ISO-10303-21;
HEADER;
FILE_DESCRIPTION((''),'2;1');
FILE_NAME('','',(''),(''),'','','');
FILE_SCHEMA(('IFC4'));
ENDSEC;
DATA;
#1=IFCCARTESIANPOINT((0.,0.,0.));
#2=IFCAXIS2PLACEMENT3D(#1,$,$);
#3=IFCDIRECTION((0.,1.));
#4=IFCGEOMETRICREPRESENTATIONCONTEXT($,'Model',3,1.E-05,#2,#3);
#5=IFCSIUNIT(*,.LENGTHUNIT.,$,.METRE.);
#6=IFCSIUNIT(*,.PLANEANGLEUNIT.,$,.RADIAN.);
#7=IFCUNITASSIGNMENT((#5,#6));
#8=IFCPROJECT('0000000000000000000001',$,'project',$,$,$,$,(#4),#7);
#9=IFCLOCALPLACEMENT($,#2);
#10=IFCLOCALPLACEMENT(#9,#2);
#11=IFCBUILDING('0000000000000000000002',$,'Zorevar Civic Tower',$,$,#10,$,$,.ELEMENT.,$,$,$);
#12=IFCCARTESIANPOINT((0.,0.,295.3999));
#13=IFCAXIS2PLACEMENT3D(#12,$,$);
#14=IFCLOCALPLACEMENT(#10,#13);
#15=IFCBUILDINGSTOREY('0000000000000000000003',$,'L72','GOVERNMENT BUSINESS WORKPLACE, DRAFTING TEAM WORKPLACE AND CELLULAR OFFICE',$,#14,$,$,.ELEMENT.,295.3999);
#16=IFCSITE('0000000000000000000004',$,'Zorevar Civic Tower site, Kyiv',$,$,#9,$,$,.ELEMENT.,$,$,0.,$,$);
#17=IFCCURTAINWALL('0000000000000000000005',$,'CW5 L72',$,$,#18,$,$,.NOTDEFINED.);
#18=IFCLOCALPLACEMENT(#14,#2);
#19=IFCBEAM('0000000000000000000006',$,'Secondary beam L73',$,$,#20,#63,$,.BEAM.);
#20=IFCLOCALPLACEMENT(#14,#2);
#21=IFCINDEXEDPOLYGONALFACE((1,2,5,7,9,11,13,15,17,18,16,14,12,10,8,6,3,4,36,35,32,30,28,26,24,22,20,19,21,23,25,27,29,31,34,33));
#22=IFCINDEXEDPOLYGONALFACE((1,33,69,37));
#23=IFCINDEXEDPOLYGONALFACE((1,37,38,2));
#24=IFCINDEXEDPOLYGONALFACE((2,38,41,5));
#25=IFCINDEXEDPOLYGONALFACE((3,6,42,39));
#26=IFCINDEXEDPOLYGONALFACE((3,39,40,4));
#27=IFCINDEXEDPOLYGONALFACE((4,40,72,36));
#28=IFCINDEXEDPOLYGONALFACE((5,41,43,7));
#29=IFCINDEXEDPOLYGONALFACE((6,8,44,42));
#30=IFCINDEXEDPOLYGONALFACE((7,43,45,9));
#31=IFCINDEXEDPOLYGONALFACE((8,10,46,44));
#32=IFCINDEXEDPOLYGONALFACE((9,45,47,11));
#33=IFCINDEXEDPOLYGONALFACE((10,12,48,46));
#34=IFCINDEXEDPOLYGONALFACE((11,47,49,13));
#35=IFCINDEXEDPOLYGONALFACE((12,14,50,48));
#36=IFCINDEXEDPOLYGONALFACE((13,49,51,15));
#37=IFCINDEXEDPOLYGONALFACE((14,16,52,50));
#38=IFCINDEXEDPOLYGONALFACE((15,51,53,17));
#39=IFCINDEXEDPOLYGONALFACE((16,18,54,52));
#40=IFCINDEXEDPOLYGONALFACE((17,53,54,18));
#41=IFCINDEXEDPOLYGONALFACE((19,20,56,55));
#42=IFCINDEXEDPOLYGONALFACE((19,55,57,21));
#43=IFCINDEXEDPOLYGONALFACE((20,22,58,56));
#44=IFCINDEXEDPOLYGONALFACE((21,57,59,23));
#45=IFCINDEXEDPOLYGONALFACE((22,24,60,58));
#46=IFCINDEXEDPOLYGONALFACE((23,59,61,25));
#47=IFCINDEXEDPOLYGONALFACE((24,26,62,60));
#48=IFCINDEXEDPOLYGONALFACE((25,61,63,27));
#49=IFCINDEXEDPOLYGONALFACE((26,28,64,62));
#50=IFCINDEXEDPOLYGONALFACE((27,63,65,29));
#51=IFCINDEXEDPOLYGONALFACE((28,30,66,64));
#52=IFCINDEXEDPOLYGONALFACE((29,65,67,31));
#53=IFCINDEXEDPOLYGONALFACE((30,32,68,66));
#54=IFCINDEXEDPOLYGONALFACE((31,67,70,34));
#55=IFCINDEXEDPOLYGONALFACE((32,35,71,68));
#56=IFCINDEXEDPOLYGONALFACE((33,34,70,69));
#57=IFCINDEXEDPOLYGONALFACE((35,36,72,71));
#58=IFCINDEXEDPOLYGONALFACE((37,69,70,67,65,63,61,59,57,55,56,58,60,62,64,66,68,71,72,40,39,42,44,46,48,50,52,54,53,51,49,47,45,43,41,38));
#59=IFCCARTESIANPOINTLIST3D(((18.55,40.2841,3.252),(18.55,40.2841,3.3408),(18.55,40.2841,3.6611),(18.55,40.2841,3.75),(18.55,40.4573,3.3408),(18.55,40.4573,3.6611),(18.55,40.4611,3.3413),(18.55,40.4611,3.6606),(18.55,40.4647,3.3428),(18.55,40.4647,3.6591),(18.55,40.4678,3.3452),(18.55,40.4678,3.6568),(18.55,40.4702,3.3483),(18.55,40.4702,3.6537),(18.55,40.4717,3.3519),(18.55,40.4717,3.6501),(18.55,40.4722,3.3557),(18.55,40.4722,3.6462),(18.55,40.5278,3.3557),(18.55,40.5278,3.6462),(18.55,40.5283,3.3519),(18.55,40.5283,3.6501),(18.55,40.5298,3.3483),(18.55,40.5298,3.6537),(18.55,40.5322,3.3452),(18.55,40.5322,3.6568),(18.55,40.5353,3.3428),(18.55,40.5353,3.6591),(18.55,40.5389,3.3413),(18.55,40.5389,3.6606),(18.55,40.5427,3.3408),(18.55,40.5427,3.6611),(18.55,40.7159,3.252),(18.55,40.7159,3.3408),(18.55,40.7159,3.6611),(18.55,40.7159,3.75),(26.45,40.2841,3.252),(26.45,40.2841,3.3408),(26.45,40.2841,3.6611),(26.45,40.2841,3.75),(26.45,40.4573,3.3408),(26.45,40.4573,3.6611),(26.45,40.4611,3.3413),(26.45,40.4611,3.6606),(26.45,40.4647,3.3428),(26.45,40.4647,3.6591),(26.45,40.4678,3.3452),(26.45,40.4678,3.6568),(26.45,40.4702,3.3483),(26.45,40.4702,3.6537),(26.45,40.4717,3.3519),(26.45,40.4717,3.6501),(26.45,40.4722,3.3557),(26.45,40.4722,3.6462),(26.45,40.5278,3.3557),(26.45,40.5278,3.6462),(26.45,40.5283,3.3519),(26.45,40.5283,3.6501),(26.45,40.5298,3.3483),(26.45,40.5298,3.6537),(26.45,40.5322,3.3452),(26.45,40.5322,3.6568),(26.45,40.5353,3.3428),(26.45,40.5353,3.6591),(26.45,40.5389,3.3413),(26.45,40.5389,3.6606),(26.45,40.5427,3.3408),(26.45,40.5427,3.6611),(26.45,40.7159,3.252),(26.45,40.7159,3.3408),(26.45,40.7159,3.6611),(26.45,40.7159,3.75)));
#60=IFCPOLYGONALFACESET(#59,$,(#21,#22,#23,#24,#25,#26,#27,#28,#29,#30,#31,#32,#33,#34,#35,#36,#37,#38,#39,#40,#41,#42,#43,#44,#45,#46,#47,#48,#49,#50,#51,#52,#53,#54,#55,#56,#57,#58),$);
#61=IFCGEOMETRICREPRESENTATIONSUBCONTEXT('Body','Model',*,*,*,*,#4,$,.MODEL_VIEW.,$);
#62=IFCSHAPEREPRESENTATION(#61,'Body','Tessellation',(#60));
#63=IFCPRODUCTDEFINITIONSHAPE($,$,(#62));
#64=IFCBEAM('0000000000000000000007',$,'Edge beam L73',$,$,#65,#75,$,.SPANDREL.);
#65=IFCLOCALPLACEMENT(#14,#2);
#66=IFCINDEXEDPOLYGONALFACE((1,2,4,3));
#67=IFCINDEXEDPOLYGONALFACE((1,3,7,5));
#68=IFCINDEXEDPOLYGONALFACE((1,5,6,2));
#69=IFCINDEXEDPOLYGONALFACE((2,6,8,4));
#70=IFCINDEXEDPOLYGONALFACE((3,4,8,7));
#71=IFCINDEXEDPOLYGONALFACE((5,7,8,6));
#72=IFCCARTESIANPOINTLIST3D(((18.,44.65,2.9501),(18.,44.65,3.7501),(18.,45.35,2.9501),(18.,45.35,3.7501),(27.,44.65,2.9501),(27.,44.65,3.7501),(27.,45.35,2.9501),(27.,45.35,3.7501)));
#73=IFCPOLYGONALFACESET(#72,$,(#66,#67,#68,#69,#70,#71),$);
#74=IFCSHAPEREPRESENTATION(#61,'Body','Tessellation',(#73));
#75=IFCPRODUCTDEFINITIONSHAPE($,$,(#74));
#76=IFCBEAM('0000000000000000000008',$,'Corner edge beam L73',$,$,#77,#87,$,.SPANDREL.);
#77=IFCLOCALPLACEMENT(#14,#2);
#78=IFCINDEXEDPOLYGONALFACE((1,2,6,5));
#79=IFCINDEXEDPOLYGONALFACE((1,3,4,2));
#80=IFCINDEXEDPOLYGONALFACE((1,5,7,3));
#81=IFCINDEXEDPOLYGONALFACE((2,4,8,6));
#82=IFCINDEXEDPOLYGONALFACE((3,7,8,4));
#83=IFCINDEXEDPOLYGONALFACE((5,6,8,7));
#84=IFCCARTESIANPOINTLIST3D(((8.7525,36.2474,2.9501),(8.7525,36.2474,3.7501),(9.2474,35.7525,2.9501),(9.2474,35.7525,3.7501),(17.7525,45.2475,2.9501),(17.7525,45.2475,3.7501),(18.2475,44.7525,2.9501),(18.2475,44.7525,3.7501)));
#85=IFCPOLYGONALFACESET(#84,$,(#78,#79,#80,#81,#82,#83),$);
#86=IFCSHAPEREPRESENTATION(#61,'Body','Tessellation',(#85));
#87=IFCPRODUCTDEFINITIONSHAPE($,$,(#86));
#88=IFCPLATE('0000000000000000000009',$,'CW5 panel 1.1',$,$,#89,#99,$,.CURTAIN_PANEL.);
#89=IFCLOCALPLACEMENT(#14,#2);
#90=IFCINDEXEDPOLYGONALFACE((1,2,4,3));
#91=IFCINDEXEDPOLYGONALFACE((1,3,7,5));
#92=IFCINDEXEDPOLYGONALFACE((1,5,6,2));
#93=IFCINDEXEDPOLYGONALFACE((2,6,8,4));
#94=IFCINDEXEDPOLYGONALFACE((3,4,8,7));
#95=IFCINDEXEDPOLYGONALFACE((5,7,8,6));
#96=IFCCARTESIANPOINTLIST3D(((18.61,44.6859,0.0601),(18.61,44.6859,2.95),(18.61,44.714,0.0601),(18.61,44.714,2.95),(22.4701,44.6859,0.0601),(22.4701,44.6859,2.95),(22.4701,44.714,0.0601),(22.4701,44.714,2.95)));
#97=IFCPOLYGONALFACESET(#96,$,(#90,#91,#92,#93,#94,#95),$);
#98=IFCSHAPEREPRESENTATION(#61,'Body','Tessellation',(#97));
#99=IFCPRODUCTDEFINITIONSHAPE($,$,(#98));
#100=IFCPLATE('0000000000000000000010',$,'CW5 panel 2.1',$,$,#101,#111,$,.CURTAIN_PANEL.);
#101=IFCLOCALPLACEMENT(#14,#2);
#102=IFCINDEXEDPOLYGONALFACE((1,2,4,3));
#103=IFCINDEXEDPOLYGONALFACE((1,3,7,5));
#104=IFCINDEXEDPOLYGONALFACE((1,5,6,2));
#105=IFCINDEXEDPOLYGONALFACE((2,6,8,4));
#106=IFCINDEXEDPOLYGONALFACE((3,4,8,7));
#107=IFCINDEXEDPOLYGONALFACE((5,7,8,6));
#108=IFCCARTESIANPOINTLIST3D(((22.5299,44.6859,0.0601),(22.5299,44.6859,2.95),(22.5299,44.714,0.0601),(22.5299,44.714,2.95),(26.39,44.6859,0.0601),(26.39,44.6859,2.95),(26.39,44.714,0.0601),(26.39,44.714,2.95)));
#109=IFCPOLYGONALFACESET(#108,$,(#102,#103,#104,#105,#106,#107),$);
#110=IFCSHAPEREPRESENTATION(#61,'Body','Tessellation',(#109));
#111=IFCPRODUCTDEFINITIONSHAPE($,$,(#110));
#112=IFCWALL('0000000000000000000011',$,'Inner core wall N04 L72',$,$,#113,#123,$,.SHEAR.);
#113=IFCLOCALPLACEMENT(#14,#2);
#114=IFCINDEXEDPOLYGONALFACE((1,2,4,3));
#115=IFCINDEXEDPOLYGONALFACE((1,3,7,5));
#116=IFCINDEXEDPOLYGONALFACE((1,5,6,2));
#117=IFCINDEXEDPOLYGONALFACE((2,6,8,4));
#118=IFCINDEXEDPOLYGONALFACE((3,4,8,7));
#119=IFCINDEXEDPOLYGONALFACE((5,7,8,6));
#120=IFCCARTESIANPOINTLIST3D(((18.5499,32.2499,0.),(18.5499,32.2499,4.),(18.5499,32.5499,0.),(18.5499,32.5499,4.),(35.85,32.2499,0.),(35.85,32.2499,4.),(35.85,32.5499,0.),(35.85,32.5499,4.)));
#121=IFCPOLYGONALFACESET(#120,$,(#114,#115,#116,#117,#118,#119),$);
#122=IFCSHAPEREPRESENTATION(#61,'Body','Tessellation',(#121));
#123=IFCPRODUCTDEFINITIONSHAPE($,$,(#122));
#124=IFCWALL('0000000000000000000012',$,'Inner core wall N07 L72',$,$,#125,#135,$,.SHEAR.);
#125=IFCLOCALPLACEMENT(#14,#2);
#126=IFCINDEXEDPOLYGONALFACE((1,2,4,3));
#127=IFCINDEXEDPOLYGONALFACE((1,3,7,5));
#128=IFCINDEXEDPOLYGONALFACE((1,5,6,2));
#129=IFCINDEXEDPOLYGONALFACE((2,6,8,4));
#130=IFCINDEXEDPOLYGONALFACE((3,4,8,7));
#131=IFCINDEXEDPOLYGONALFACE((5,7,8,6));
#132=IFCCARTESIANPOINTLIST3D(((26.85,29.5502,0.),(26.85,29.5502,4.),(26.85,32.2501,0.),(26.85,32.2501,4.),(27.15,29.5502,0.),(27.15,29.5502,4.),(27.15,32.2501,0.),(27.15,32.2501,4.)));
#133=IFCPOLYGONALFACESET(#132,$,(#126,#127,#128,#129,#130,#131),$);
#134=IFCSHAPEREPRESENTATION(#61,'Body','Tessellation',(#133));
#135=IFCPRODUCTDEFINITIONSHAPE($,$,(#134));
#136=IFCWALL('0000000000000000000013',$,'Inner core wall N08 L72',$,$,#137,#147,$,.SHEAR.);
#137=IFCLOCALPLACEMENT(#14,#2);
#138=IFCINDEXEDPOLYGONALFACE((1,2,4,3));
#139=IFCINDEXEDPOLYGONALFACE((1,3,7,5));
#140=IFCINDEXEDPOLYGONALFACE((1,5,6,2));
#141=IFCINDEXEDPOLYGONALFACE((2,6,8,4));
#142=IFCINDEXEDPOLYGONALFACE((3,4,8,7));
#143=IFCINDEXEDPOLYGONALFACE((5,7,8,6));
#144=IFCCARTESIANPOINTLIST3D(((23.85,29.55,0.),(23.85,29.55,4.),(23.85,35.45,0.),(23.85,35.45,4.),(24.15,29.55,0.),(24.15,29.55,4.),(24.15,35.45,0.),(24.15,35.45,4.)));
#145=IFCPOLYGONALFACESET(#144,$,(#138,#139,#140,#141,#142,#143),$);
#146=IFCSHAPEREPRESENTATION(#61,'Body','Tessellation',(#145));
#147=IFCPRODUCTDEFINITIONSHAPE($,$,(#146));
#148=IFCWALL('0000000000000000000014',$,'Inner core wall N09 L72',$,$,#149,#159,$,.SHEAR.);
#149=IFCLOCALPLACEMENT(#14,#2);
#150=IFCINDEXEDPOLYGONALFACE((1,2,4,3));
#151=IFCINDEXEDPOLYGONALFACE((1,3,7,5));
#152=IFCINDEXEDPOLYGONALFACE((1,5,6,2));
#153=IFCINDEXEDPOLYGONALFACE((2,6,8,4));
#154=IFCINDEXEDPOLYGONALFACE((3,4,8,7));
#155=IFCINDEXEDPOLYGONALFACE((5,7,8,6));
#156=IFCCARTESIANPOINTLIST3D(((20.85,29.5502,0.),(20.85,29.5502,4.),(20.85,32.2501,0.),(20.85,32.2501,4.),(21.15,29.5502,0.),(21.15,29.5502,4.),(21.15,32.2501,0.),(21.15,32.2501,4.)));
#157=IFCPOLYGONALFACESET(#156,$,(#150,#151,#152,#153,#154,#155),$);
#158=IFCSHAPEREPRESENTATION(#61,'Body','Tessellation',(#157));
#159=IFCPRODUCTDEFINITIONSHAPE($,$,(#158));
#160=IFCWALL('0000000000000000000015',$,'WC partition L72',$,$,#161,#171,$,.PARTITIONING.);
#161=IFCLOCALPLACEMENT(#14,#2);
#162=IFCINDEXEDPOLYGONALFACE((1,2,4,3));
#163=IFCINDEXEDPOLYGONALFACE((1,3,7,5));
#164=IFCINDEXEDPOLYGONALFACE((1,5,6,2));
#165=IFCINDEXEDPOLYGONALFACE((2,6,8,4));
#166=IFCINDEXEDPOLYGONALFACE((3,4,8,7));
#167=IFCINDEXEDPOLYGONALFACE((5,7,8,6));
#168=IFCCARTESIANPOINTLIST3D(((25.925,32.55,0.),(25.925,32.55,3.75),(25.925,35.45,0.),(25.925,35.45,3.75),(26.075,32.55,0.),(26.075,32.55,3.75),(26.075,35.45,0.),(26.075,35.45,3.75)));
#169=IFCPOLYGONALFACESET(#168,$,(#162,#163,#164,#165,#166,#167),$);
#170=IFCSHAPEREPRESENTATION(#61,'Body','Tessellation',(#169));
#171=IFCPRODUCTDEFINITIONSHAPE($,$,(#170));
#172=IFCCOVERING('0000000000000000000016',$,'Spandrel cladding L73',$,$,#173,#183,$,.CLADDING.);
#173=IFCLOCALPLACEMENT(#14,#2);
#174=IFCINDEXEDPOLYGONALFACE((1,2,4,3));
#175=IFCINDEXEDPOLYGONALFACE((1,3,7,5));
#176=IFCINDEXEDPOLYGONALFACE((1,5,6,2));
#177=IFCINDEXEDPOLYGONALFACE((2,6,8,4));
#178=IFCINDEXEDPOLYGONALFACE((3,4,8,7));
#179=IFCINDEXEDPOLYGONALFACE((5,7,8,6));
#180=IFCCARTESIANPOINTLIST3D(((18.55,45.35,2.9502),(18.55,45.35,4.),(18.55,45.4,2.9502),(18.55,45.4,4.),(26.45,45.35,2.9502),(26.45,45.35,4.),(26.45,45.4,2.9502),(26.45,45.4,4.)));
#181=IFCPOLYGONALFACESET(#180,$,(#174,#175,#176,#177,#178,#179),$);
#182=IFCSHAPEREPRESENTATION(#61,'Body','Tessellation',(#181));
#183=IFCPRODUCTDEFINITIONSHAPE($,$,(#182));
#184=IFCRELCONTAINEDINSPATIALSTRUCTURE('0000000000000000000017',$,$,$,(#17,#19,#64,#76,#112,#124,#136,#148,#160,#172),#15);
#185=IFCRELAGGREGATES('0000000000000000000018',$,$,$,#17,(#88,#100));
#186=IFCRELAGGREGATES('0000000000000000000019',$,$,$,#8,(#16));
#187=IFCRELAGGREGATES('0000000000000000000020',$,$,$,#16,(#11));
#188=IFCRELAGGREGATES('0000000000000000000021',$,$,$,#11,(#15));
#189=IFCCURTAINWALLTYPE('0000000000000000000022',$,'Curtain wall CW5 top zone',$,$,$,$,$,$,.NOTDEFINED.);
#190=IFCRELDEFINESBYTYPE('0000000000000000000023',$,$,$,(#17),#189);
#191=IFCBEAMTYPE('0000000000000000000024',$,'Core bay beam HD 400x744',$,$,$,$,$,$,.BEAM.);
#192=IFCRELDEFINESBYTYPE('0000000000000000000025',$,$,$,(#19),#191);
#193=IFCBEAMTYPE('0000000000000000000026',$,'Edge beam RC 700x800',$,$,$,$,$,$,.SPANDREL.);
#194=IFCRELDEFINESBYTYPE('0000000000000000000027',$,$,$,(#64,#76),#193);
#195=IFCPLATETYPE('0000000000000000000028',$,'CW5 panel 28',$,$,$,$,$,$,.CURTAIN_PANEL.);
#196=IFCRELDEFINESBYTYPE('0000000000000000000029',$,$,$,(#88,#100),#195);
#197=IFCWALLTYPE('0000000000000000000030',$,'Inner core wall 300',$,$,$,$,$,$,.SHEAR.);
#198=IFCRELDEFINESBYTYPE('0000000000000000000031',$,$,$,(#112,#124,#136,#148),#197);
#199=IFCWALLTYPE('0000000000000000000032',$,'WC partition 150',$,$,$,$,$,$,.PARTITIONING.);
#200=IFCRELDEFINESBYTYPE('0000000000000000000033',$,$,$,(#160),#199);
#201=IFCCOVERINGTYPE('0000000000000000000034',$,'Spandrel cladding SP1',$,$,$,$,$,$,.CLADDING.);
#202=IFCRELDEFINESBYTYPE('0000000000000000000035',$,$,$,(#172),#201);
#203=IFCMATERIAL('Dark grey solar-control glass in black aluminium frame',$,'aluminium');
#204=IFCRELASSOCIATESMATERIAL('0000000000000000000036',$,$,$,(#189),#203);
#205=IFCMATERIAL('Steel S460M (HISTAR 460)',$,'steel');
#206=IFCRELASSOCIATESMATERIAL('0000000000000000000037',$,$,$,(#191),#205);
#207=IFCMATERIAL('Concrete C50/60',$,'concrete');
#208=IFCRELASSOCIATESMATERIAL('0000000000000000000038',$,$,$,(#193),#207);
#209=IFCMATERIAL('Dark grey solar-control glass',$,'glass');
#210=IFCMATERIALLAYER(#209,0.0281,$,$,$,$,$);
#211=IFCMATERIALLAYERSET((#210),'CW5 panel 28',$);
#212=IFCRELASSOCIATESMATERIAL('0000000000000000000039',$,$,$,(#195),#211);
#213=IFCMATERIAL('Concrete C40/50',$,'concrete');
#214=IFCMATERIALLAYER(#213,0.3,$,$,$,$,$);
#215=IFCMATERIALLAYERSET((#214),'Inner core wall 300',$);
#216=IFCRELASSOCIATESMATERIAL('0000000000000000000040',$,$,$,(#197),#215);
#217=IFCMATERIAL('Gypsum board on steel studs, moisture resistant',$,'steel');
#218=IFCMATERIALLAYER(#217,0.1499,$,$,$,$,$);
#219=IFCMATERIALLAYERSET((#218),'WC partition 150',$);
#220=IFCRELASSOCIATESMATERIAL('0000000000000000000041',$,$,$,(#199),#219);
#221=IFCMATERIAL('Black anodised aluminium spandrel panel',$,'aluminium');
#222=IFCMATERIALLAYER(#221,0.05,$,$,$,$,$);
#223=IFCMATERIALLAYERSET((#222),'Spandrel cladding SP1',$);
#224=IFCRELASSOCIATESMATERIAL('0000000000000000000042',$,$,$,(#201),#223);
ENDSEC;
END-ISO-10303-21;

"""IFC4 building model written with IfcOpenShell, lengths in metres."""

from ifc_helpers import new_model, si_unit, direction, frame, frame_2d, origin, origin_2d, place, context, subcontext, project, spatial, rectangle, i_section, extrude, material, layer, layer_set, material_profile, profile_set, type_object, element, aggregate, save


model = new_model("IFC4")

# Units and contexts
model_context = context("Model", 3, precision=1e-05, world=origin(), true_north=direction((0.0, 1.0)))
body_context = subcontext(model_context, "Body", "Model", "MODEL_VIEW")
ifc_project = project(units=[si_unit("LENGTHUNIT", "METRE"), si_unit("PLANEANGLEUNIT", "RADIAN")], contexts=[model_context])

# Site, building, storey
site_placement = place(None, origin())
site = spatial("IfcSite", under=ifc_project, at=site_placement, Name="Zorevar Civic Tower site, Kyiv", CompositionType="ELEMENT", RefElevation=0.0)
building_placement = place(site_placement, origin())
building = spatial("IfcBuilding", under=site, at=building_placement, Name="Zorevar Civic Tower", CompositionType="ELEMENT")
storey_placement = place(building_placement, frame((0.0, 0.0, 295.3999)))
storey = spatial("IfcBuildingStorey", under=building, at=storey_placement, Name="L72", Description="GOVERNMENT BUSINESS WORKPLACE, DRAFTING TEAM WORKPLACE AND CELLULAR OFFICE", CompositionType="ELEMENT", Elevation=295.3999)

# Curtain wall
ifc_material_1 = material(Name="Dark grey solar-control glass in black aluminium frame", Category="aluminium")
curtain_wall_type = type_object("IfcCurtainWallType", Name="Curtain wall CW5 top zone", PredefinedType="NOTDEFINED", material=ifc_material_1)
curtain_wall_1_placement = place(storey_placement, origin())
curtain_wall_1 = element("IfcCurtainWall", 1, at=curtain_wall_1_placement, inside=storey, type_object=curtain_wall_type, Name="CW5 L72", PredefinedType="NOTDEFINED")

# Beams
ifc_material_2 = material(Name="Steel S460M (HISTAR 460)", Category="steel")
ifc_material_profile_1 = material_profile(ifc_material_2, i_section(OverallWidth=0.4319, OverallDepth=0.498, WebThickness=0.0557, FlangeThickness=0.0889, FilletRadius=0.0149, at=origin_2d()), Name="HD 400x744")
ifc_profile_set_1 = profile_set([ifc_material_profile_1], Name="Steel S460M (HISTAR 460)")
beam_type_1 = type_object("IfcBeamType", Name="Core bay beam HD 400x744", PredefinedType="BEAM", material=ifc_profile_set_1)
beam_1_placement = place(storey_placement, frame((18.55, 40.5, 3.501), z_axis=(1.0, 0.0, 0.0), x_axis=(0.0, 1.0, 0.0)))
element("IfcBeam", 2, at=beam_1_placement, inside=storey, type_object=beam_type_1, Name="Secondary beam L73", PredefinedType="BEAM", context=body_context, shape_type="SweptSolid", body=[
    extrude(i_section(OverallWidth=0.4319, OverallDepth=0.498, WebThickness=0.0557, FlangeThickness=0.0889, FilletRadius=0.0149, at=origin_2d()), origin(), (0.0, 0.0, 1.0), 7.8999),
])
ifc_material_3 = material(Name="Concrete C50/60", Category="concrete")
ifc_material_profile_2 = material_profile(ifc_material_3, rectangle(XDim=0.7, YDim=0.8, at=origin_2d()), Name="RC 700x800")
ifc_profile_set_2 = profile_set([ifc_material_profile_2], Name="Concrete C50/60")
beam_type_2 = type_object("IfcBeamType", Name="Edge beam RC 700x800", PredefinedType="SPANDREL", material=ifc_profile_set_2)
beam_2_placement = place(storey_placement, frame((18.0, 45.0, 3.3501), z_axis=(1.0, 0.0, 0.0), x_axis=(0.0, 1.0, 0.0)))
element("IfcBeam", 3, at=beam_2_placement, inside=storey, type_object=beam_type_2, Name="Edge beam L73", PredefinedType="SPANDREL", context=body_context, shape_type="SweptSolid", body=[
    extrude(rectangle(XDim=0.7, YDim=0.8, at=origin_2d()), origin(), (0.0, 0.0, 1.0), 9.0),
])
beam_3_placement = place(storey_placement, frame((18.0, 45.0, 3.3501), z_axis=(-0.707107, -0.707107, 0.0), x_axis=(0.707107, -0.707107, 0.0)))
element("IfcBeam", 4, at=beam_3_placement, inside=storey, type_object=beam_type_2, Name="Corner edge beam L73", PredefinedType="SPANDREL", context=body_context, shape_type="SweptSolid", body=[
    extrude(rectangle(XDim=0.7, YDim=0.8, at=origin_2d()), origin(), (0.0, 0.0, 1.0), 12.728),
])

# Plates
ifc_material_4 = material(Name="Dark grey solar-control glass", Category="glass")
ifc_layer_1 = layer(ifc_material_4, 0.0281)
ifc_layer_set_1 = layer_set([ifc_layer_1], Name="CW5 panel 28")
plate_type = type_object("IfcPlateType", Name="CW5 panel 28", PredefinedType="CURTAIN_PANEL", material=ifc_layer_set_1)
plate_1_placement = place(storey_placement, frame((20.54, 44.7, 0.0601), z_axis=(0.0, 0.0, 1.0), x_axis=(1.0, 0.0, 0.0)))
plate_1 = element("IfcPlate", 5, at=plate_1_placement, type_object=plate_type, Name="CW5 panel 1.1", PredefinedType="CURTAIN_PANEL", context=body_context, shape_type="SweptSolid", body=[
    extrude(rectangle(XDim=3.8601, YDim=0.0281, at=origin_2d()), origin(), (0.0, 0.0, 1.0), 2.8899),
])
plate_2_placement = place(storey_placement, frame((24.46, 44.7, 0.0601), z_axis=(0.0, 0.0, 1.0), x_axis=(1.0, 0.0, 0.0)))
plate_2 = element("IfcPlate", 6, at=plate_2_placement, type_object=plate_type, Name="CW5 panel 2.1", PredefinedType="CURTAIN_PANEL", context=body_context, shape_type="SweptSolid", body=[
    extrude(rectangle(XDim=3.8601, YDim=0.0281, at=origin_2d()), origin(), (0.0, 0.0, 1.0), 2.8899),
])
aggregate(curtain_wall_1, [plate_1, plate_2])

# Walls
ifc_material_5 = material(Name="Concrete C40/50", Category="concrete")
ifc_layer_2 = layer(ifc_material_5, 0.3)
ifc_layer_set_2 = layer_set([ifc_layer_2], Name="Inner core wall 300")
wall_type_1 = type_object("IfcWallType", Name="Inner core wall 300", PredefinedType="SHEAR", material=ifc_layer_set_2)
wall_1_placement = place(storey_placement, frame((18.55, 32.3999, 0.0), z_axis=(0.0, 0.0, 1.0), x_axis=(1.0, 0.0, 0.0)))
element("IfcWall", 7, at=wall_1_placement, inside=storey, type_object=wall_type_1, Name="Inner core wall N04 L72", PredefinedType="SHEAR", context=body_context, shape_type="SweptSolid", body=[
    extrude(rectangle(XDim=17.3, YDim=0.3, at=frame_2d((8.6499, 0.0))), origin(), (0.0, 0.0, 1.0), 4.0),
])
wall_2_placement = place(storey_placement, frame((27.0, 29.55, 0.0), z_axis=(0.0, 0.0, 1.0), x_axis=(0.0, 1.0, 0.0)))
element("IfcWall", 8, at=wall_2_placement, inside=storey, type_object=wall_type_1, Name="Inner core wall N07 L72", PredefinedType="SHEAR", context=body_context, shape_type="SweptSolid", body=[
    extrude(rectangle(XDim=2.7, YDim=0.3, at=frame_2d((1.3501, 0.0))), origin(), (0.0, 0.0, 1.0), 4.0),
])
wall_3_placement = place(storey_placement, frame((24.0, 29.55, 0.0), z_axis=(0.0, 0.0, 1.0), x_axis=(0.0, 1.0, 0.0)))
element("IfcWall", 9, at=wall_3_placement, inside=storey, type_object=wall_type_1, Name="Inner core wall N08 L72", PredefinedType="SHEAR", context=body_context, shape_type="SweptSolid", body=[
    extrude(rectangle(XDim=5.8999, YDim=0.3, at=frame_2d((2.95, 0.0))), origin(), (0.0, 0.0, 1.0), 4.0),
])
wall_4_placement = place(storey_placement, frame((21.0, 29.55, 0.0), z_axis=(0.0, 0.0, 1.0), x_axis=(0.0, 1.0, 0.0)))
element("IfcWall", 10, at=wall_4_placement, inside=storey, type_object=wall_type_1, Name="Inner core wall N09 L72", PredefinedType="SHEAR", context=body_context, shape_type="SweptSolid", body=[
    extrude(rectangle(XDim=2.7, YDim=0.3, at=frame_2d((1.3501, 0.0))), origin(), (0.0, 0.0, 1.0), 4.0),
])
ifc_material_6 = material(Name="Gypsum board on steel studs, moisture resistant", Category="steel")
ifc_layer_3 = layer(ifc_material_6, 0.1499)
ifc_layer_set_3 = layer_set([ifc_layer_3], Name="WC partition 150")
wall_type_2 = type_object("IfcWallType", Name="WC partition 150", PredefinedType="PARTITIONING", material=ifc_layer_set_3)
wall_5_placement = place(storey_placement, frame((26.0, 32.55, 0.0), z_axis=(0.0, 0.0, 1.0), x_axis=(0.0, 1.0, 0.0)))
element("IfcWall", 11, at=wall_5_placement, inside=storey, type_object=wall_type_2, Name="WC partition L72", PredefinedType="PARTITIONING", context=body_context, shape_type="SweptSolid", body=[
    extrude(rectangle(XDim=2.8999, YDim=0.1499, at=frame_2d((1.45, 0.0))), origin(), (0.0, 0.0, 1.0), 3.75),
])

# Covering
ifc_material_7 = material(Name="Black anodised aluminium spandrel panel", Category="aluminium")
ifc_layer_4 = layer(ifc_material_7, 0.05)
ifc_layer_set_4 = layer_set([ifc_layer_4], Name="Spandrel cladding SP1")
covering_type = type_object("IfcCoveringType", Name="Spandrel cladding SP1", PredefinedType="CLADDING", material=ifc_layer_set_4)
covering_placement = place(storey_placement, frame((18.55, 45.375, 2.9502), z_axis=(0.0, 0.0, 1.0), x_axis=(1.0, 0.0, 0.0)))
element("IfcCovering", 12, at=covering_placement, inside=storey, type_object=covering_type, Name="Spandrel cladding L73", PredefinedType="CLADDING", context=body_context, shape_type="SweptSolid", body=[
    extrude(rectangle(XDim=7.8999, YDim=0.05, at=frame_2d((3.95, 0.0))), origin(), (0.0, 0.0, 1.0), 1.0498),
])

save(model, "model.ifc")
